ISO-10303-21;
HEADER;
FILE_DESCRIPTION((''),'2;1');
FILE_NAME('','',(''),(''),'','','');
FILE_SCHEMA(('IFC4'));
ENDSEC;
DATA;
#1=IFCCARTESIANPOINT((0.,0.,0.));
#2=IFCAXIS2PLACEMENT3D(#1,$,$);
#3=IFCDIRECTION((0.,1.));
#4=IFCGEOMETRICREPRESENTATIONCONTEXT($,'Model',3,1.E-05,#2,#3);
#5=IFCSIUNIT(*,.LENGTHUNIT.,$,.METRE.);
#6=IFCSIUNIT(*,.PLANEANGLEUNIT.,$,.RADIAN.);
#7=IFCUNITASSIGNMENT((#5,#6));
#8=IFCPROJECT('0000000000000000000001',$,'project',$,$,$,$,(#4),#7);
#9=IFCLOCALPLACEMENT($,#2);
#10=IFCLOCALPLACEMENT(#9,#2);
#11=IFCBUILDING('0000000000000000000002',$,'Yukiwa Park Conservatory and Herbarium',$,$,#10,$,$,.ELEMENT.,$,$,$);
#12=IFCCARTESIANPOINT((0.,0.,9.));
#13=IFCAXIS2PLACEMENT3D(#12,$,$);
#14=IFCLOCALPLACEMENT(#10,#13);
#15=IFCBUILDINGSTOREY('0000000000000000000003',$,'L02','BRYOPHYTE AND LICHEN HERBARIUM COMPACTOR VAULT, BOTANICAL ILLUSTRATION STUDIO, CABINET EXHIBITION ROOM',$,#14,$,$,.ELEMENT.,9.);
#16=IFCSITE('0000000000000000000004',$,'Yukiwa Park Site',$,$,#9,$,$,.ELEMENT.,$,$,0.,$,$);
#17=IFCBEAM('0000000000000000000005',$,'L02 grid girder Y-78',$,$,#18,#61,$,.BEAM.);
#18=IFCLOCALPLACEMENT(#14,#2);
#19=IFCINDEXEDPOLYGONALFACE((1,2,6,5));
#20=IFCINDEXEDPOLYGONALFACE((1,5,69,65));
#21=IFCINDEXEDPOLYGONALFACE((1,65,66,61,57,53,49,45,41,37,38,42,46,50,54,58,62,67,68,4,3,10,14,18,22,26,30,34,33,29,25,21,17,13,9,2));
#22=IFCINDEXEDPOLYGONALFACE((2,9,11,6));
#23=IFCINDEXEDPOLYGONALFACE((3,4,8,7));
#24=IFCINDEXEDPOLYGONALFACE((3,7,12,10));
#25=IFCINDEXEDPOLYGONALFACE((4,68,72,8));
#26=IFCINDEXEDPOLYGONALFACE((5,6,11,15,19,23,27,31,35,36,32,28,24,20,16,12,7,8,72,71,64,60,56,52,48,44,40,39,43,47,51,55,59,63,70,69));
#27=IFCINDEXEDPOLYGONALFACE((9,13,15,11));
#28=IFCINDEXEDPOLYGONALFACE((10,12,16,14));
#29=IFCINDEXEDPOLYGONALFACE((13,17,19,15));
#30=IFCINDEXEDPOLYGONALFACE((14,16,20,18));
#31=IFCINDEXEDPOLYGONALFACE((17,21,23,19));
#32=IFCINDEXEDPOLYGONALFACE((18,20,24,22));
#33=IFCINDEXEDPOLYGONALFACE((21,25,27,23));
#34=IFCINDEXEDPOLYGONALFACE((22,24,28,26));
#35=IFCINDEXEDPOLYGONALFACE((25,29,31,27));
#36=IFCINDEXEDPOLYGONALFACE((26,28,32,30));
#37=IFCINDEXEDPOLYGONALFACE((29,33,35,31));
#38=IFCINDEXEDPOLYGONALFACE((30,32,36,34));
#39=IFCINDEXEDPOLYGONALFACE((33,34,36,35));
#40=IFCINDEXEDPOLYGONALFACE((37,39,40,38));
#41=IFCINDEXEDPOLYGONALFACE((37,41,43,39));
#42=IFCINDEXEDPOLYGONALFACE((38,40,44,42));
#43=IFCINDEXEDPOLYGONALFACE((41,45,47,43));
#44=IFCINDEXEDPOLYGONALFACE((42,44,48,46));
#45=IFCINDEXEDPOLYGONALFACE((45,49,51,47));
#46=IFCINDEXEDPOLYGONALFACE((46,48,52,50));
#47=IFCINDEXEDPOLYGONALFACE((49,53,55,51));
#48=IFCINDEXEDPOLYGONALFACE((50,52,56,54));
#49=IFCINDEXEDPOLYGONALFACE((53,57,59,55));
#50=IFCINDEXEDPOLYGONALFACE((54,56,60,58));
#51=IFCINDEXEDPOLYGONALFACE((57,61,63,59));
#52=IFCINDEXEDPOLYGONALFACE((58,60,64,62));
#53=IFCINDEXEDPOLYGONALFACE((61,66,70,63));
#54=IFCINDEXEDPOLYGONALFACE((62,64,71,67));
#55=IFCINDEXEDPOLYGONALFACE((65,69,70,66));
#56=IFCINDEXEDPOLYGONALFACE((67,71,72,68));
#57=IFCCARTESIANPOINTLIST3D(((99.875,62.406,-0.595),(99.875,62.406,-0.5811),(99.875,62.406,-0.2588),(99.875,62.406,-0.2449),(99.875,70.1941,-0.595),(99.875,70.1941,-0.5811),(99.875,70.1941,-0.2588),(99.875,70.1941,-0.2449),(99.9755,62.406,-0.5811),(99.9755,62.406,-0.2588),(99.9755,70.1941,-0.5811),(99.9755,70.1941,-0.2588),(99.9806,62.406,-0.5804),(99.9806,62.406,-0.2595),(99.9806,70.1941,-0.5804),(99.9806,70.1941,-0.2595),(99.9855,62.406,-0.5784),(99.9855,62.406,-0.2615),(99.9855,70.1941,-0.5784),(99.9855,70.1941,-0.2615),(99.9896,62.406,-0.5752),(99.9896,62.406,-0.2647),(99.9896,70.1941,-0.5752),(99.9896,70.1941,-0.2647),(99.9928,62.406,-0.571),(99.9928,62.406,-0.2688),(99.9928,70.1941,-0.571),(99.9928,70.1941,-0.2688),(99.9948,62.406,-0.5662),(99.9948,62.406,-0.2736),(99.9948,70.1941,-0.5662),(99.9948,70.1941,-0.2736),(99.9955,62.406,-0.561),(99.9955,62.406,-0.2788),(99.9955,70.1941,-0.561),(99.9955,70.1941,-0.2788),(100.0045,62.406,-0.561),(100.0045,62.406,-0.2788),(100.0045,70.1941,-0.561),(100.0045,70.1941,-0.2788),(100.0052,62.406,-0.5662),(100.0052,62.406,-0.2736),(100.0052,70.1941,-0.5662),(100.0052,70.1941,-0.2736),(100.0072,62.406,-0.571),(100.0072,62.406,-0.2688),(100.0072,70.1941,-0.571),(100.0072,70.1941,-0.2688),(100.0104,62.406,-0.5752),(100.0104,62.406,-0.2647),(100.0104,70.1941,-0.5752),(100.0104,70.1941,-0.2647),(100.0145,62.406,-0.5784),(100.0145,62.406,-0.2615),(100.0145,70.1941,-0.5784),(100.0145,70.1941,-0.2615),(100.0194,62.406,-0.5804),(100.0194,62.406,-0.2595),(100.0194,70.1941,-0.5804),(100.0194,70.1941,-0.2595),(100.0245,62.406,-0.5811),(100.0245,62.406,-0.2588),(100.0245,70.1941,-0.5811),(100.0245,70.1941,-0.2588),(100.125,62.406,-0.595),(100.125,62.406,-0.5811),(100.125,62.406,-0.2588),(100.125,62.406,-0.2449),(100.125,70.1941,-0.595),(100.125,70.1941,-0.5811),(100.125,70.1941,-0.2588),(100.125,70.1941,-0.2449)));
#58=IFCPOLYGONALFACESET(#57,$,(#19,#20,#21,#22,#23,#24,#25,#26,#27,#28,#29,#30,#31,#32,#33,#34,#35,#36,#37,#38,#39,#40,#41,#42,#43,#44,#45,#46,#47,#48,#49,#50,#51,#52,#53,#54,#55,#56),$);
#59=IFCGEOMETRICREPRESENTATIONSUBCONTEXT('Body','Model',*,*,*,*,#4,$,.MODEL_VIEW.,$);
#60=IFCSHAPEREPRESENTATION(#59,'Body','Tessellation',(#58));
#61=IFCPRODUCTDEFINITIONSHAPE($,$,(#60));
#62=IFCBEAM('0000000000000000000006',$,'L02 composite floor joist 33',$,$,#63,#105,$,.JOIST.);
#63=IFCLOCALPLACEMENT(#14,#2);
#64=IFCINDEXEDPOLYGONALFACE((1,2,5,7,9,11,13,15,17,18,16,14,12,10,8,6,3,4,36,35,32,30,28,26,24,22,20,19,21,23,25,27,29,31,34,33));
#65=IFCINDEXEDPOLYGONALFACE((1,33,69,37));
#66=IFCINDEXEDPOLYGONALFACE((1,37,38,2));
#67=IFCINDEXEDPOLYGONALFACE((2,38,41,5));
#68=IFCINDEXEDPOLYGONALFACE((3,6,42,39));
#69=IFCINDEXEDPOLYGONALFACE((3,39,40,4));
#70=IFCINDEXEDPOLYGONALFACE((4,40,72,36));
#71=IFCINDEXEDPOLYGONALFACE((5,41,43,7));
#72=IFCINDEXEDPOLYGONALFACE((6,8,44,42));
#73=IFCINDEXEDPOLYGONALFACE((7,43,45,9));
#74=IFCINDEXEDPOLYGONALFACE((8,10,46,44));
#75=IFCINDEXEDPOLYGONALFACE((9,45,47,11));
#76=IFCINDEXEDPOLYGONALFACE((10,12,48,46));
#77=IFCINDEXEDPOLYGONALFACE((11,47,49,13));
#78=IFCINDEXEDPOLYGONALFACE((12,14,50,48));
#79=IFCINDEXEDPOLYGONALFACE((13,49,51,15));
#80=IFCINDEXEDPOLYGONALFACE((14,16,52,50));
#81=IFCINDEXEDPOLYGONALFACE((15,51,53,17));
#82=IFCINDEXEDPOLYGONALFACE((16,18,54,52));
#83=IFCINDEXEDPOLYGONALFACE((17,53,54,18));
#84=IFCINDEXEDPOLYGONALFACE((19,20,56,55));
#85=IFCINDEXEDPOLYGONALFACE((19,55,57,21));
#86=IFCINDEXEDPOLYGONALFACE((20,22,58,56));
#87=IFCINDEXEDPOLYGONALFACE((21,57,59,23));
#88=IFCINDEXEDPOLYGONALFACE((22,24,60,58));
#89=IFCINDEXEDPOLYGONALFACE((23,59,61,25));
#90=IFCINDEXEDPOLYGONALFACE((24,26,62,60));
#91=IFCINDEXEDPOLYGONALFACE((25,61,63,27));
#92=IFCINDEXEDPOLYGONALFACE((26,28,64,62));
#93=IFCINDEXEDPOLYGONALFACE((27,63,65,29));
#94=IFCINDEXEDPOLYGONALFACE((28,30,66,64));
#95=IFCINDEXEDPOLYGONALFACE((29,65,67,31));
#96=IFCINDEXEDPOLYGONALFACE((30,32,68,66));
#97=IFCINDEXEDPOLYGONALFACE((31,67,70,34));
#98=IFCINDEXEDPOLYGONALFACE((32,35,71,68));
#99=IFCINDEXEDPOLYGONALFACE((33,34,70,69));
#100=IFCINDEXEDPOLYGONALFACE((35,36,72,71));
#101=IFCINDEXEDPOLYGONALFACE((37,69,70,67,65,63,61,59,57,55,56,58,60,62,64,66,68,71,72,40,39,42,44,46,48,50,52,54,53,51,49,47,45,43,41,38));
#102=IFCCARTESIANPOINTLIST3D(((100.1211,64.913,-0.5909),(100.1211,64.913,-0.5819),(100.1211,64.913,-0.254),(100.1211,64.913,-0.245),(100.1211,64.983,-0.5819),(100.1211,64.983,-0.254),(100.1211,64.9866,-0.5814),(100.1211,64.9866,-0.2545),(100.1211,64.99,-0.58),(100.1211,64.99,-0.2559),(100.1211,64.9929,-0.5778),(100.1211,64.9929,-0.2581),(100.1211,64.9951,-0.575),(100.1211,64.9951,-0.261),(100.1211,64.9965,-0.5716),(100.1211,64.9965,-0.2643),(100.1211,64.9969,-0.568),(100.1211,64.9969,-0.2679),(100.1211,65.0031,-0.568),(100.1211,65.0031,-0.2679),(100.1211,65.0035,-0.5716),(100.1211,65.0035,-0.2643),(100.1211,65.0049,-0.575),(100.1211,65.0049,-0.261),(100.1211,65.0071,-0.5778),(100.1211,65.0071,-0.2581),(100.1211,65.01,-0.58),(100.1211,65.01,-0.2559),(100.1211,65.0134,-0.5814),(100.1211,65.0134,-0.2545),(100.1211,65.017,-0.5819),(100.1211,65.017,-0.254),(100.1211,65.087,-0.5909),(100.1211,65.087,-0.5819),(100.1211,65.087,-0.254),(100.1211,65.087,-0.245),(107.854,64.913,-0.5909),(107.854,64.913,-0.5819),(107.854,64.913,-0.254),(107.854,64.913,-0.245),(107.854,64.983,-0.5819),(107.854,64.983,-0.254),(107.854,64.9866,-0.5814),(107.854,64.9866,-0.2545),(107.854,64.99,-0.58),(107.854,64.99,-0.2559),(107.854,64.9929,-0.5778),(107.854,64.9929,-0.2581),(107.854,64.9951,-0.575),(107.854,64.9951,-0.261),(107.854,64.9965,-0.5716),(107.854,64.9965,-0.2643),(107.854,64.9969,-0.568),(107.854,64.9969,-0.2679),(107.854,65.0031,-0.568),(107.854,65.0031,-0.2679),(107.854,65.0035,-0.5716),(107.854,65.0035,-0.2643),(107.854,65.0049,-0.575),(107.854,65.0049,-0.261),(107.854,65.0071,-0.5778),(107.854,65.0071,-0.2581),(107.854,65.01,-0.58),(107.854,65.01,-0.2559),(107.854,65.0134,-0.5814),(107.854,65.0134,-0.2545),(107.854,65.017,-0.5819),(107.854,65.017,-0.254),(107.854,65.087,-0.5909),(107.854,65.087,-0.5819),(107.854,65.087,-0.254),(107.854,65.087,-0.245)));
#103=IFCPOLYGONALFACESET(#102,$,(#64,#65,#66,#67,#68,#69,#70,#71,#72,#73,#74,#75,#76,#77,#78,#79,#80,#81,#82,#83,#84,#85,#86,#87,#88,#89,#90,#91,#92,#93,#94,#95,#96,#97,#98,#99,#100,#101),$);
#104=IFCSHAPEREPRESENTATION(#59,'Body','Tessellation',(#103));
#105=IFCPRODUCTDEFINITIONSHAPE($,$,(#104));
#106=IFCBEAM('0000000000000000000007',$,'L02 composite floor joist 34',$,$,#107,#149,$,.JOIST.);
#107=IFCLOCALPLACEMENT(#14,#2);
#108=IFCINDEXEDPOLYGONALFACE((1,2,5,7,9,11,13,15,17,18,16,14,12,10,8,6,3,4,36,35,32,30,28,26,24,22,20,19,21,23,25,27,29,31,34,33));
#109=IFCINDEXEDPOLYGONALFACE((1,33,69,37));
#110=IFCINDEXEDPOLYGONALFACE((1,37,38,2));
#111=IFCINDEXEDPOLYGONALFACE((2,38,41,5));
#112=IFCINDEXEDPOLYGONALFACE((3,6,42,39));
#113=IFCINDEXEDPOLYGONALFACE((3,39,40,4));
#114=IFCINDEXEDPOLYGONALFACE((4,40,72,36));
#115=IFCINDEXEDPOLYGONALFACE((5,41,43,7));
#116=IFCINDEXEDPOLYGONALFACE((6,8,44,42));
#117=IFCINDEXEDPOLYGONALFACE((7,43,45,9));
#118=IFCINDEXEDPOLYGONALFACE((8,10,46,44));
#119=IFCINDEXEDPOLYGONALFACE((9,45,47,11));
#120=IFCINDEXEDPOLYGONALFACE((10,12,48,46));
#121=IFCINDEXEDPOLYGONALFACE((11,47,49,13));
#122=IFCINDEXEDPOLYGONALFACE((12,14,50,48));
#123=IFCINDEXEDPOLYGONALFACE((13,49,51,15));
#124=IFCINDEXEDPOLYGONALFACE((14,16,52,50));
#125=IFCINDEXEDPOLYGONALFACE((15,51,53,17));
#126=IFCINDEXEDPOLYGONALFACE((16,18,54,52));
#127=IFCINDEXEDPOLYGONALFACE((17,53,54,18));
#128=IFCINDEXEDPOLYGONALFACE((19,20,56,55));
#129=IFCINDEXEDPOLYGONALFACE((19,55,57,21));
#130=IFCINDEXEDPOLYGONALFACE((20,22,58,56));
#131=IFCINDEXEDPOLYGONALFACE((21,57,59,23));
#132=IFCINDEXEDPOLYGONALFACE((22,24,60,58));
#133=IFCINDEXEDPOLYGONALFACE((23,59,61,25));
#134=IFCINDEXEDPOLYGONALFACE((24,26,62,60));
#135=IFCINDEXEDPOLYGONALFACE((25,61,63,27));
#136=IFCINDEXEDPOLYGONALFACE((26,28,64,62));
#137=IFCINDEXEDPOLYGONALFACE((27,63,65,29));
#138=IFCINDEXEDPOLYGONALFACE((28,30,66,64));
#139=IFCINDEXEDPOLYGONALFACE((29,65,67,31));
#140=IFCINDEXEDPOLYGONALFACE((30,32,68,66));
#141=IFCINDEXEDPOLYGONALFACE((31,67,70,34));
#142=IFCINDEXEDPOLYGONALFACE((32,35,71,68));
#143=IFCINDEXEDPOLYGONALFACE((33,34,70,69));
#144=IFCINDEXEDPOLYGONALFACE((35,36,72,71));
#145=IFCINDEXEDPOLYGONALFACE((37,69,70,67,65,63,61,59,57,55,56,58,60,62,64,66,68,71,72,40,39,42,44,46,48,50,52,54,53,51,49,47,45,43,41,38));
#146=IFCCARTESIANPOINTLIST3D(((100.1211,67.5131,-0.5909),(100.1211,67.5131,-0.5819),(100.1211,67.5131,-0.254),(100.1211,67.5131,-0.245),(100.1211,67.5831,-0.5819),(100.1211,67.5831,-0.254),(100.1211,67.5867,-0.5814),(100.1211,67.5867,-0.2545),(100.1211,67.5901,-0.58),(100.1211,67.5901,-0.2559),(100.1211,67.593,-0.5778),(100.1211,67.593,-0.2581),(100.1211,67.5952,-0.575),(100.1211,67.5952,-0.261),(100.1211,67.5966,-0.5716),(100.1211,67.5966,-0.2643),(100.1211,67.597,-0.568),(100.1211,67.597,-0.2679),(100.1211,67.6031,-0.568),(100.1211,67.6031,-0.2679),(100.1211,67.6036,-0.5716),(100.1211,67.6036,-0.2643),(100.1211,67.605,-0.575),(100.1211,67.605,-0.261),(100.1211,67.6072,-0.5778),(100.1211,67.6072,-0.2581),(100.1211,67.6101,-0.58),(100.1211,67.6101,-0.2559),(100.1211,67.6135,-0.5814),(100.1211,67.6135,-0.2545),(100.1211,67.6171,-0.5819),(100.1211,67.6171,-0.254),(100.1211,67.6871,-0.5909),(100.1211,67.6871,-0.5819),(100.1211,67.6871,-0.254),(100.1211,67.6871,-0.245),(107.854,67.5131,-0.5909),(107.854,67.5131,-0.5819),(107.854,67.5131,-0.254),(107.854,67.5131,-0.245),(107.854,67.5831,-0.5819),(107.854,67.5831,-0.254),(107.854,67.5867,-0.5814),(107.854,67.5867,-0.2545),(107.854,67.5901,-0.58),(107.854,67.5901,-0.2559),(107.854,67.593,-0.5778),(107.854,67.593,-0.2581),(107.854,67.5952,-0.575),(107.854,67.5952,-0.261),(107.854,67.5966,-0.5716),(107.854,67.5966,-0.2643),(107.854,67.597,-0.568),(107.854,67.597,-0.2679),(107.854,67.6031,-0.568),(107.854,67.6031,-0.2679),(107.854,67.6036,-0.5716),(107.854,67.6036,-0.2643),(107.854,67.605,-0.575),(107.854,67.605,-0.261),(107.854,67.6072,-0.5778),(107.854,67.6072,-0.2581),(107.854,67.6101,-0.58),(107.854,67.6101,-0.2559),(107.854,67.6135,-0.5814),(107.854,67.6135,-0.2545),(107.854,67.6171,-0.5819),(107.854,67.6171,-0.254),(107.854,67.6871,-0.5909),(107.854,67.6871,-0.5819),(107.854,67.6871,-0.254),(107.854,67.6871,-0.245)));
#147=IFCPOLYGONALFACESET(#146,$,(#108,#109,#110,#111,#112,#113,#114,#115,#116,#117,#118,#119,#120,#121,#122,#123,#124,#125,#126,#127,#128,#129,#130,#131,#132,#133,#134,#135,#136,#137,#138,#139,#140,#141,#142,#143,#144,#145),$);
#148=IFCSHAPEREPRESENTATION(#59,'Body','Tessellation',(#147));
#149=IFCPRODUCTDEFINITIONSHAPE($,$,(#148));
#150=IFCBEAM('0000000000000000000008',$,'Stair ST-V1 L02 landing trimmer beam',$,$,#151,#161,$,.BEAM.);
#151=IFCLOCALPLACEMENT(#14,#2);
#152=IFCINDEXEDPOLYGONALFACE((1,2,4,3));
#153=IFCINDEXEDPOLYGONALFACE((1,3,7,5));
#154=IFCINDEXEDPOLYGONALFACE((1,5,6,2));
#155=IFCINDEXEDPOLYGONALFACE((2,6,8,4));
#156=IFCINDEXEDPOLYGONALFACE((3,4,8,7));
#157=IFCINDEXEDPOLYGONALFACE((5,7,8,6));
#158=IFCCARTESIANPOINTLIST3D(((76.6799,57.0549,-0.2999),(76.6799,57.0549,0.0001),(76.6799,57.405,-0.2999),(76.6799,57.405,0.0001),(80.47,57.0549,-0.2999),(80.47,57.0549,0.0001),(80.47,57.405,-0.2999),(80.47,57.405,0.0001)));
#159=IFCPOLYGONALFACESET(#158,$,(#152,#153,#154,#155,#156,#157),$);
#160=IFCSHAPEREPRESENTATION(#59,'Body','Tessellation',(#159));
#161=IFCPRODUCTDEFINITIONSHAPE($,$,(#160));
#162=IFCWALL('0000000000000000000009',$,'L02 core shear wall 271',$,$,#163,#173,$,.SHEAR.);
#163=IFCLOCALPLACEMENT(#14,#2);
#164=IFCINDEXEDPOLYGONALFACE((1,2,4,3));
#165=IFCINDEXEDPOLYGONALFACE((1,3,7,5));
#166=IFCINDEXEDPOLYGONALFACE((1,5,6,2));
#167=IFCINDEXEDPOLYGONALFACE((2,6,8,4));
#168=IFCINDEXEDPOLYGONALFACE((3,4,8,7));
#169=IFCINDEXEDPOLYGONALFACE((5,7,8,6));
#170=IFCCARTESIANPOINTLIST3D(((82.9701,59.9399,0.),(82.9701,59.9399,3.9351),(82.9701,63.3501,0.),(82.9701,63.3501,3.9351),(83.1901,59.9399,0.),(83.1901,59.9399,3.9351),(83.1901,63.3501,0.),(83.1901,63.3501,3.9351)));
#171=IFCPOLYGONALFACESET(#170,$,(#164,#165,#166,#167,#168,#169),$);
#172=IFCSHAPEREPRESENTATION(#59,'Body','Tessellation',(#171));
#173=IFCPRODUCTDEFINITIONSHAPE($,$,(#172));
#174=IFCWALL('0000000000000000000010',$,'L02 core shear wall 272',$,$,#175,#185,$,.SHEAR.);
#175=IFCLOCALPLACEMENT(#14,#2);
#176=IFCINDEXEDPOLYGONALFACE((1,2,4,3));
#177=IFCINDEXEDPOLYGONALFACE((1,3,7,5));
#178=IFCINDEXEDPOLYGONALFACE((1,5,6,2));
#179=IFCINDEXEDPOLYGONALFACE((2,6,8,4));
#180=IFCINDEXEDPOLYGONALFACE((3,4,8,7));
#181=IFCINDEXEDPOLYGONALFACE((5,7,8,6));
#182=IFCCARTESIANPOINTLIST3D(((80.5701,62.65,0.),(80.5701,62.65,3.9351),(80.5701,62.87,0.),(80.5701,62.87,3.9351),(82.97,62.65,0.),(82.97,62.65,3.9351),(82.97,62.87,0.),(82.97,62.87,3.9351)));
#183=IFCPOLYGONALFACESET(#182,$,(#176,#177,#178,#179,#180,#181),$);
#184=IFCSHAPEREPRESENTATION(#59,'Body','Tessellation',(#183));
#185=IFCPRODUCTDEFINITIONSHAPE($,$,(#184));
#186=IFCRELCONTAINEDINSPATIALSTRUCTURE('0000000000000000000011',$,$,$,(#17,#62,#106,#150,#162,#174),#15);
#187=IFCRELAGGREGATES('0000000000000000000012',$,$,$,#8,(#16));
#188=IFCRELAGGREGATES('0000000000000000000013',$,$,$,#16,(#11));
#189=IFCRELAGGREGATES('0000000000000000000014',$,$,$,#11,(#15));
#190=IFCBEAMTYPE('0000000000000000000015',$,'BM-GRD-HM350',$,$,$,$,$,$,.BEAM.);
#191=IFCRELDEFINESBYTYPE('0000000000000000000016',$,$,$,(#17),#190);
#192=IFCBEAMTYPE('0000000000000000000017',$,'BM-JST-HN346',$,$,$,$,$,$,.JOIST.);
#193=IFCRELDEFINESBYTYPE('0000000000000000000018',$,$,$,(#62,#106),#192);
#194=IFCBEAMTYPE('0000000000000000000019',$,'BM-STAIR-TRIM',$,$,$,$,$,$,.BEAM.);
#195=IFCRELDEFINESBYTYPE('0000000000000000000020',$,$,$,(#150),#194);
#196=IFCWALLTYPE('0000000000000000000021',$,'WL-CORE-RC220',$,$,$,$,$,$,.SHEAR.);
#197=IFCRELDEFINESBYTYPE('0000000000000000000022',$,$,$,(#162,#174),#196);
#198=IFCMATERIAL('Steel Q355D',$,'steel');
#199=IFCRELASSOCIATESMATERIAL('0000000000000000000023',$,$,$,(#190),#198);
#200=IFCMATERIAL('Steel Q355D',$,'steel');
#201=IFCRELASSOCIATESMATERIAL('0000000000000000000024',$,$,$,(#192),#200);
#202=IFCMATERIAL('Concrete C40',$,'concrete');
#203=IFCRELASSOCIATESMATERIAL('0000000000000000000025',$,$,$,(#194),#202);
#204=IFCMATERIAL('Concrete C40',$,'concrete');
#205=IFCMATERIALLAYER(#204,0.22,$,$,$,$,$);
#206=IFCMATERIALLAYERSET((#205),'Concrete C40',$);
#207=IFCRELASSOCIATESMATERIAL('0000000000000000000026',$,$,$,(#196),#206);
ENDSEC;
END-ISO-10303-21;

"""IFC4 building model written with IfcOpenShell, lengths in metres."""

from ifc_helpers import new_model, si_unit, direction, frame, frame_2d, origin, origin_2d, place, context, subcontext, project, spatial, rectangle, i_section, extrude, material, layer, layer_set, material_profile, profile_set, type_object, element, save


model = new_model("IFC4")

# Units and contexts
model_context = context("Model", 3, precision=1e-05, world=origin(), true_north=direction((0.0, 1.0)))
body_context = subcontext(model_context, "Body", "Model", "MODEL_VIEW")
ifc_project = project(units=[si_unit("LENGTHUNIT", "METRE"), si_unit("PLANEANGLEUNIT", "RADIAN")], contexts=[model_context])

# Site, building, storey
site_placement = place(None, origin())
site = spatial("IfcSite", under=ifc_project, at=site_placement, Name="Yukiwa Park Site", CompositionType="ELEMENT", RefElevation=0.0)
building_placement = place(site_placement, origin())
building = spatial("IfcBuilding", under=site, at=building_placement, Name="Yukiwa Park Conservatory and Herbarium", CompositionType="ELEMENT")
storey_placement = place(building_placement, frame((0.0, 0.0, 9.0)))
storey = spatial("IfcBuildingStorey", under=building, at=storey_placement, Name="L02", Description="BRYOPHYTE AND LICHEN HERBARIUM COMPACTOR VAULT, BOTANICAL ILLUSTRATION STUDIO, CABINET EXHIBITION ROOM", CompositionType="ELEMENT", Elevation=9.0)

# Beams
ifc_material_1 = material(Name="Steel Q355D", Category="steel")
ifc_material_profile_1 = material_profile(ifc_material_1, i_section(OverallWidth=0.25, OverallDepth=0.3501, WebThickness=0.009, FlangeThickness=0.0139, FilletRadius=0.02, at=origin_2d()), Name="HM 350x250x9x14")
ifc_profile_set_1 = profile_set([ifc_material_profile_1], Name="Steel Q355D")
beam_type_1 = type_object("IfcBeamType", Name="BM-GRD-HM350", PredefinedType="BEAM", material=ifc_profile_set_1)
for number, where, z_axis, x_axis, name in (
    (1, (100.0, 62.406, -0.4199), (0.0, 1.0, 0.0), (-1.0, 0.0, 0.0), "L02 grid girder Y-78"),
):
    element("IfcBeam", number, at=place(storey_placement, frame(where, z_axis=z_axis, x_axis=x_axis)), inside=storey, type_object=beam_type_1, Name=name, PredefinedType="BEAM", context=body_context, shape_type="SweptSolid", body=[
        extrude(i_section(OverallWidth=0.25, OverallDepth=0.3501, WebThickness=0.009, FlangeThickness=0.0139, FilletRadius=0.02, at=origin_2d()), origin(), (0.0, 0.0, 1.0), 7.7881),
    ])
ifc_material_2 = material(Name="Steel Q355D", Category="steel")
ifc_material_profile_2 = material_profile(ifc_material_2, i_section(OverallWidth=0.1741, OverallDepth=0.3459, WebThickness=0.0061, FlangeThickness=0.009, FilletRadius=0.0139, at=origin_2d()), Name="HN 346x174x6x9")
ifc_profile_set_2 = profile_set([ifc_material_profile_2], Name="Steel Q355D")
beam_type_2 = type_object("IfcBeamType", Name="BM-JST-HN346", PredefinedType="JOIST", material=ifc_profile_set_2)
for number, where, z_axis, x_axis, name in (
    (2, (100.1211, 65.0, -0.418), (1.0, 0.0, 0.0), (0.0, 1.0, 0.0), "L02 composite floor joist 33"),
    (3, (100.1211, 67.6001, -0.418), (1.0, 0.0, 0.0), (0.0, 1.0, 0.0), "L02 composite floor joist 34"),
):
    element("IfcBeam", number, at=place(storey_placement, frame(where, z_axis=z_axis, x_axis=x_axis)), inside=storey, type_object=beam_type_2, Name=name, PredefinedType="JOIST", context=body_context, shape_type="SweptSolid", body=[
        extrude(i_section(OverallWidth=0.1741, OverallDepth=0.3459, WebThickness=0.0061, FlangeThickness=0.009, FilletRadius=0.0139, at=origin_2d()), origin(), (0.0, 0.0, 1.0), 7.7329),
    ])
ifc_material_3 = material(Name="Concrete C40", Category="concrete")
ifc_material_profile_3 = material_profile(ifc_material_3, rectangle(XDim=0.3501, YDim=0.3, at=origin_2d()), Name="RC 350x300")
ifc_profile_set_3 = profile_set([ifc_material_profile_3], Name="Concrete C40")
beam_type_3 = type_object("IfcBeamType", Name="BM-STAIR-TRIM", PredefinedType="BEAM", material=ifc_profile_set_3)
beam_placement = place(storey_placement, frame((76.6799, 57.23, -0.1499), z_axis=(1.0, 0.0, 0.0), x_axis=(0.0, 1.0, 0.0)))
element("IfcBeam", 4, at=beam_placement, inside=storey, type_object=beam_type_3, Name="Stair ST-V1 L02 landing trimmer beam", PredefinedType="BEAM", context=body_context, shape_type="SweptSolid", body=[
    extrude(rectangle(XDim=0.3501, YDim=0.3, at=origin_2d()), origin(), (0.0, 0.0, 1.0), 3.79),
])

# Shared definitions
ifc_material_4 = material(Name="Concrete C40", Category="concrete")
ifc_layer_1 = layer(ifc_material_4, 0.22)
ifc_layer_set_1 = layer_set([ifc_layer_1], Name="Concrete C40")
wall_type_1 = type_object("IfcWallType", Name="WL-CORE-RC220", PredefinedType="SHEAR", material=ifc_layer_set_1)

# Walls
wall_1_placement = place(storey_placement, frame((83.0801, 59.9399, 0.0), z_axis=(0.0, 0.0, 1.0), x_axis=(0.0, 1.0, 0.0)))
element("IfcWall", 5, at=wall_1_placement, inside=storey, type_object=wall_type_1, Name="L02 core shear wall 271", PredefinedType="SHEAR", context=body_context, shape_type="SweptSolid", body=[
    extrude(rectangle(XDim=3.4102, YDim=0.22, at=frame_2d((1.7051, 0.0))), origin(), (0.0, 0.0, 1.0), 3.9351),
])
wall_2_placement = place(storey_placement, frame((80.5701, 62.76, 0.0), z_axis=(0.0, 0.0, 1.0), x_axis=(1.0, 0.0, 0.0)))
element("IfcWall", 6, at=wall_2_placement, inside=storey, type_object=wall_type_1, Name="L02 core shear wall 272", PredefinedType="SHEAR", context=body_context, shape_type="SweptSolid", body=[
    extrude(rectangle(XDim=2.3999, YDim=0.22, at=frame_2d((1.2, 0.0))), origin(), (0.0, 0.0, 1.0), 3.9351),
])

save(model, "model.ifc")
